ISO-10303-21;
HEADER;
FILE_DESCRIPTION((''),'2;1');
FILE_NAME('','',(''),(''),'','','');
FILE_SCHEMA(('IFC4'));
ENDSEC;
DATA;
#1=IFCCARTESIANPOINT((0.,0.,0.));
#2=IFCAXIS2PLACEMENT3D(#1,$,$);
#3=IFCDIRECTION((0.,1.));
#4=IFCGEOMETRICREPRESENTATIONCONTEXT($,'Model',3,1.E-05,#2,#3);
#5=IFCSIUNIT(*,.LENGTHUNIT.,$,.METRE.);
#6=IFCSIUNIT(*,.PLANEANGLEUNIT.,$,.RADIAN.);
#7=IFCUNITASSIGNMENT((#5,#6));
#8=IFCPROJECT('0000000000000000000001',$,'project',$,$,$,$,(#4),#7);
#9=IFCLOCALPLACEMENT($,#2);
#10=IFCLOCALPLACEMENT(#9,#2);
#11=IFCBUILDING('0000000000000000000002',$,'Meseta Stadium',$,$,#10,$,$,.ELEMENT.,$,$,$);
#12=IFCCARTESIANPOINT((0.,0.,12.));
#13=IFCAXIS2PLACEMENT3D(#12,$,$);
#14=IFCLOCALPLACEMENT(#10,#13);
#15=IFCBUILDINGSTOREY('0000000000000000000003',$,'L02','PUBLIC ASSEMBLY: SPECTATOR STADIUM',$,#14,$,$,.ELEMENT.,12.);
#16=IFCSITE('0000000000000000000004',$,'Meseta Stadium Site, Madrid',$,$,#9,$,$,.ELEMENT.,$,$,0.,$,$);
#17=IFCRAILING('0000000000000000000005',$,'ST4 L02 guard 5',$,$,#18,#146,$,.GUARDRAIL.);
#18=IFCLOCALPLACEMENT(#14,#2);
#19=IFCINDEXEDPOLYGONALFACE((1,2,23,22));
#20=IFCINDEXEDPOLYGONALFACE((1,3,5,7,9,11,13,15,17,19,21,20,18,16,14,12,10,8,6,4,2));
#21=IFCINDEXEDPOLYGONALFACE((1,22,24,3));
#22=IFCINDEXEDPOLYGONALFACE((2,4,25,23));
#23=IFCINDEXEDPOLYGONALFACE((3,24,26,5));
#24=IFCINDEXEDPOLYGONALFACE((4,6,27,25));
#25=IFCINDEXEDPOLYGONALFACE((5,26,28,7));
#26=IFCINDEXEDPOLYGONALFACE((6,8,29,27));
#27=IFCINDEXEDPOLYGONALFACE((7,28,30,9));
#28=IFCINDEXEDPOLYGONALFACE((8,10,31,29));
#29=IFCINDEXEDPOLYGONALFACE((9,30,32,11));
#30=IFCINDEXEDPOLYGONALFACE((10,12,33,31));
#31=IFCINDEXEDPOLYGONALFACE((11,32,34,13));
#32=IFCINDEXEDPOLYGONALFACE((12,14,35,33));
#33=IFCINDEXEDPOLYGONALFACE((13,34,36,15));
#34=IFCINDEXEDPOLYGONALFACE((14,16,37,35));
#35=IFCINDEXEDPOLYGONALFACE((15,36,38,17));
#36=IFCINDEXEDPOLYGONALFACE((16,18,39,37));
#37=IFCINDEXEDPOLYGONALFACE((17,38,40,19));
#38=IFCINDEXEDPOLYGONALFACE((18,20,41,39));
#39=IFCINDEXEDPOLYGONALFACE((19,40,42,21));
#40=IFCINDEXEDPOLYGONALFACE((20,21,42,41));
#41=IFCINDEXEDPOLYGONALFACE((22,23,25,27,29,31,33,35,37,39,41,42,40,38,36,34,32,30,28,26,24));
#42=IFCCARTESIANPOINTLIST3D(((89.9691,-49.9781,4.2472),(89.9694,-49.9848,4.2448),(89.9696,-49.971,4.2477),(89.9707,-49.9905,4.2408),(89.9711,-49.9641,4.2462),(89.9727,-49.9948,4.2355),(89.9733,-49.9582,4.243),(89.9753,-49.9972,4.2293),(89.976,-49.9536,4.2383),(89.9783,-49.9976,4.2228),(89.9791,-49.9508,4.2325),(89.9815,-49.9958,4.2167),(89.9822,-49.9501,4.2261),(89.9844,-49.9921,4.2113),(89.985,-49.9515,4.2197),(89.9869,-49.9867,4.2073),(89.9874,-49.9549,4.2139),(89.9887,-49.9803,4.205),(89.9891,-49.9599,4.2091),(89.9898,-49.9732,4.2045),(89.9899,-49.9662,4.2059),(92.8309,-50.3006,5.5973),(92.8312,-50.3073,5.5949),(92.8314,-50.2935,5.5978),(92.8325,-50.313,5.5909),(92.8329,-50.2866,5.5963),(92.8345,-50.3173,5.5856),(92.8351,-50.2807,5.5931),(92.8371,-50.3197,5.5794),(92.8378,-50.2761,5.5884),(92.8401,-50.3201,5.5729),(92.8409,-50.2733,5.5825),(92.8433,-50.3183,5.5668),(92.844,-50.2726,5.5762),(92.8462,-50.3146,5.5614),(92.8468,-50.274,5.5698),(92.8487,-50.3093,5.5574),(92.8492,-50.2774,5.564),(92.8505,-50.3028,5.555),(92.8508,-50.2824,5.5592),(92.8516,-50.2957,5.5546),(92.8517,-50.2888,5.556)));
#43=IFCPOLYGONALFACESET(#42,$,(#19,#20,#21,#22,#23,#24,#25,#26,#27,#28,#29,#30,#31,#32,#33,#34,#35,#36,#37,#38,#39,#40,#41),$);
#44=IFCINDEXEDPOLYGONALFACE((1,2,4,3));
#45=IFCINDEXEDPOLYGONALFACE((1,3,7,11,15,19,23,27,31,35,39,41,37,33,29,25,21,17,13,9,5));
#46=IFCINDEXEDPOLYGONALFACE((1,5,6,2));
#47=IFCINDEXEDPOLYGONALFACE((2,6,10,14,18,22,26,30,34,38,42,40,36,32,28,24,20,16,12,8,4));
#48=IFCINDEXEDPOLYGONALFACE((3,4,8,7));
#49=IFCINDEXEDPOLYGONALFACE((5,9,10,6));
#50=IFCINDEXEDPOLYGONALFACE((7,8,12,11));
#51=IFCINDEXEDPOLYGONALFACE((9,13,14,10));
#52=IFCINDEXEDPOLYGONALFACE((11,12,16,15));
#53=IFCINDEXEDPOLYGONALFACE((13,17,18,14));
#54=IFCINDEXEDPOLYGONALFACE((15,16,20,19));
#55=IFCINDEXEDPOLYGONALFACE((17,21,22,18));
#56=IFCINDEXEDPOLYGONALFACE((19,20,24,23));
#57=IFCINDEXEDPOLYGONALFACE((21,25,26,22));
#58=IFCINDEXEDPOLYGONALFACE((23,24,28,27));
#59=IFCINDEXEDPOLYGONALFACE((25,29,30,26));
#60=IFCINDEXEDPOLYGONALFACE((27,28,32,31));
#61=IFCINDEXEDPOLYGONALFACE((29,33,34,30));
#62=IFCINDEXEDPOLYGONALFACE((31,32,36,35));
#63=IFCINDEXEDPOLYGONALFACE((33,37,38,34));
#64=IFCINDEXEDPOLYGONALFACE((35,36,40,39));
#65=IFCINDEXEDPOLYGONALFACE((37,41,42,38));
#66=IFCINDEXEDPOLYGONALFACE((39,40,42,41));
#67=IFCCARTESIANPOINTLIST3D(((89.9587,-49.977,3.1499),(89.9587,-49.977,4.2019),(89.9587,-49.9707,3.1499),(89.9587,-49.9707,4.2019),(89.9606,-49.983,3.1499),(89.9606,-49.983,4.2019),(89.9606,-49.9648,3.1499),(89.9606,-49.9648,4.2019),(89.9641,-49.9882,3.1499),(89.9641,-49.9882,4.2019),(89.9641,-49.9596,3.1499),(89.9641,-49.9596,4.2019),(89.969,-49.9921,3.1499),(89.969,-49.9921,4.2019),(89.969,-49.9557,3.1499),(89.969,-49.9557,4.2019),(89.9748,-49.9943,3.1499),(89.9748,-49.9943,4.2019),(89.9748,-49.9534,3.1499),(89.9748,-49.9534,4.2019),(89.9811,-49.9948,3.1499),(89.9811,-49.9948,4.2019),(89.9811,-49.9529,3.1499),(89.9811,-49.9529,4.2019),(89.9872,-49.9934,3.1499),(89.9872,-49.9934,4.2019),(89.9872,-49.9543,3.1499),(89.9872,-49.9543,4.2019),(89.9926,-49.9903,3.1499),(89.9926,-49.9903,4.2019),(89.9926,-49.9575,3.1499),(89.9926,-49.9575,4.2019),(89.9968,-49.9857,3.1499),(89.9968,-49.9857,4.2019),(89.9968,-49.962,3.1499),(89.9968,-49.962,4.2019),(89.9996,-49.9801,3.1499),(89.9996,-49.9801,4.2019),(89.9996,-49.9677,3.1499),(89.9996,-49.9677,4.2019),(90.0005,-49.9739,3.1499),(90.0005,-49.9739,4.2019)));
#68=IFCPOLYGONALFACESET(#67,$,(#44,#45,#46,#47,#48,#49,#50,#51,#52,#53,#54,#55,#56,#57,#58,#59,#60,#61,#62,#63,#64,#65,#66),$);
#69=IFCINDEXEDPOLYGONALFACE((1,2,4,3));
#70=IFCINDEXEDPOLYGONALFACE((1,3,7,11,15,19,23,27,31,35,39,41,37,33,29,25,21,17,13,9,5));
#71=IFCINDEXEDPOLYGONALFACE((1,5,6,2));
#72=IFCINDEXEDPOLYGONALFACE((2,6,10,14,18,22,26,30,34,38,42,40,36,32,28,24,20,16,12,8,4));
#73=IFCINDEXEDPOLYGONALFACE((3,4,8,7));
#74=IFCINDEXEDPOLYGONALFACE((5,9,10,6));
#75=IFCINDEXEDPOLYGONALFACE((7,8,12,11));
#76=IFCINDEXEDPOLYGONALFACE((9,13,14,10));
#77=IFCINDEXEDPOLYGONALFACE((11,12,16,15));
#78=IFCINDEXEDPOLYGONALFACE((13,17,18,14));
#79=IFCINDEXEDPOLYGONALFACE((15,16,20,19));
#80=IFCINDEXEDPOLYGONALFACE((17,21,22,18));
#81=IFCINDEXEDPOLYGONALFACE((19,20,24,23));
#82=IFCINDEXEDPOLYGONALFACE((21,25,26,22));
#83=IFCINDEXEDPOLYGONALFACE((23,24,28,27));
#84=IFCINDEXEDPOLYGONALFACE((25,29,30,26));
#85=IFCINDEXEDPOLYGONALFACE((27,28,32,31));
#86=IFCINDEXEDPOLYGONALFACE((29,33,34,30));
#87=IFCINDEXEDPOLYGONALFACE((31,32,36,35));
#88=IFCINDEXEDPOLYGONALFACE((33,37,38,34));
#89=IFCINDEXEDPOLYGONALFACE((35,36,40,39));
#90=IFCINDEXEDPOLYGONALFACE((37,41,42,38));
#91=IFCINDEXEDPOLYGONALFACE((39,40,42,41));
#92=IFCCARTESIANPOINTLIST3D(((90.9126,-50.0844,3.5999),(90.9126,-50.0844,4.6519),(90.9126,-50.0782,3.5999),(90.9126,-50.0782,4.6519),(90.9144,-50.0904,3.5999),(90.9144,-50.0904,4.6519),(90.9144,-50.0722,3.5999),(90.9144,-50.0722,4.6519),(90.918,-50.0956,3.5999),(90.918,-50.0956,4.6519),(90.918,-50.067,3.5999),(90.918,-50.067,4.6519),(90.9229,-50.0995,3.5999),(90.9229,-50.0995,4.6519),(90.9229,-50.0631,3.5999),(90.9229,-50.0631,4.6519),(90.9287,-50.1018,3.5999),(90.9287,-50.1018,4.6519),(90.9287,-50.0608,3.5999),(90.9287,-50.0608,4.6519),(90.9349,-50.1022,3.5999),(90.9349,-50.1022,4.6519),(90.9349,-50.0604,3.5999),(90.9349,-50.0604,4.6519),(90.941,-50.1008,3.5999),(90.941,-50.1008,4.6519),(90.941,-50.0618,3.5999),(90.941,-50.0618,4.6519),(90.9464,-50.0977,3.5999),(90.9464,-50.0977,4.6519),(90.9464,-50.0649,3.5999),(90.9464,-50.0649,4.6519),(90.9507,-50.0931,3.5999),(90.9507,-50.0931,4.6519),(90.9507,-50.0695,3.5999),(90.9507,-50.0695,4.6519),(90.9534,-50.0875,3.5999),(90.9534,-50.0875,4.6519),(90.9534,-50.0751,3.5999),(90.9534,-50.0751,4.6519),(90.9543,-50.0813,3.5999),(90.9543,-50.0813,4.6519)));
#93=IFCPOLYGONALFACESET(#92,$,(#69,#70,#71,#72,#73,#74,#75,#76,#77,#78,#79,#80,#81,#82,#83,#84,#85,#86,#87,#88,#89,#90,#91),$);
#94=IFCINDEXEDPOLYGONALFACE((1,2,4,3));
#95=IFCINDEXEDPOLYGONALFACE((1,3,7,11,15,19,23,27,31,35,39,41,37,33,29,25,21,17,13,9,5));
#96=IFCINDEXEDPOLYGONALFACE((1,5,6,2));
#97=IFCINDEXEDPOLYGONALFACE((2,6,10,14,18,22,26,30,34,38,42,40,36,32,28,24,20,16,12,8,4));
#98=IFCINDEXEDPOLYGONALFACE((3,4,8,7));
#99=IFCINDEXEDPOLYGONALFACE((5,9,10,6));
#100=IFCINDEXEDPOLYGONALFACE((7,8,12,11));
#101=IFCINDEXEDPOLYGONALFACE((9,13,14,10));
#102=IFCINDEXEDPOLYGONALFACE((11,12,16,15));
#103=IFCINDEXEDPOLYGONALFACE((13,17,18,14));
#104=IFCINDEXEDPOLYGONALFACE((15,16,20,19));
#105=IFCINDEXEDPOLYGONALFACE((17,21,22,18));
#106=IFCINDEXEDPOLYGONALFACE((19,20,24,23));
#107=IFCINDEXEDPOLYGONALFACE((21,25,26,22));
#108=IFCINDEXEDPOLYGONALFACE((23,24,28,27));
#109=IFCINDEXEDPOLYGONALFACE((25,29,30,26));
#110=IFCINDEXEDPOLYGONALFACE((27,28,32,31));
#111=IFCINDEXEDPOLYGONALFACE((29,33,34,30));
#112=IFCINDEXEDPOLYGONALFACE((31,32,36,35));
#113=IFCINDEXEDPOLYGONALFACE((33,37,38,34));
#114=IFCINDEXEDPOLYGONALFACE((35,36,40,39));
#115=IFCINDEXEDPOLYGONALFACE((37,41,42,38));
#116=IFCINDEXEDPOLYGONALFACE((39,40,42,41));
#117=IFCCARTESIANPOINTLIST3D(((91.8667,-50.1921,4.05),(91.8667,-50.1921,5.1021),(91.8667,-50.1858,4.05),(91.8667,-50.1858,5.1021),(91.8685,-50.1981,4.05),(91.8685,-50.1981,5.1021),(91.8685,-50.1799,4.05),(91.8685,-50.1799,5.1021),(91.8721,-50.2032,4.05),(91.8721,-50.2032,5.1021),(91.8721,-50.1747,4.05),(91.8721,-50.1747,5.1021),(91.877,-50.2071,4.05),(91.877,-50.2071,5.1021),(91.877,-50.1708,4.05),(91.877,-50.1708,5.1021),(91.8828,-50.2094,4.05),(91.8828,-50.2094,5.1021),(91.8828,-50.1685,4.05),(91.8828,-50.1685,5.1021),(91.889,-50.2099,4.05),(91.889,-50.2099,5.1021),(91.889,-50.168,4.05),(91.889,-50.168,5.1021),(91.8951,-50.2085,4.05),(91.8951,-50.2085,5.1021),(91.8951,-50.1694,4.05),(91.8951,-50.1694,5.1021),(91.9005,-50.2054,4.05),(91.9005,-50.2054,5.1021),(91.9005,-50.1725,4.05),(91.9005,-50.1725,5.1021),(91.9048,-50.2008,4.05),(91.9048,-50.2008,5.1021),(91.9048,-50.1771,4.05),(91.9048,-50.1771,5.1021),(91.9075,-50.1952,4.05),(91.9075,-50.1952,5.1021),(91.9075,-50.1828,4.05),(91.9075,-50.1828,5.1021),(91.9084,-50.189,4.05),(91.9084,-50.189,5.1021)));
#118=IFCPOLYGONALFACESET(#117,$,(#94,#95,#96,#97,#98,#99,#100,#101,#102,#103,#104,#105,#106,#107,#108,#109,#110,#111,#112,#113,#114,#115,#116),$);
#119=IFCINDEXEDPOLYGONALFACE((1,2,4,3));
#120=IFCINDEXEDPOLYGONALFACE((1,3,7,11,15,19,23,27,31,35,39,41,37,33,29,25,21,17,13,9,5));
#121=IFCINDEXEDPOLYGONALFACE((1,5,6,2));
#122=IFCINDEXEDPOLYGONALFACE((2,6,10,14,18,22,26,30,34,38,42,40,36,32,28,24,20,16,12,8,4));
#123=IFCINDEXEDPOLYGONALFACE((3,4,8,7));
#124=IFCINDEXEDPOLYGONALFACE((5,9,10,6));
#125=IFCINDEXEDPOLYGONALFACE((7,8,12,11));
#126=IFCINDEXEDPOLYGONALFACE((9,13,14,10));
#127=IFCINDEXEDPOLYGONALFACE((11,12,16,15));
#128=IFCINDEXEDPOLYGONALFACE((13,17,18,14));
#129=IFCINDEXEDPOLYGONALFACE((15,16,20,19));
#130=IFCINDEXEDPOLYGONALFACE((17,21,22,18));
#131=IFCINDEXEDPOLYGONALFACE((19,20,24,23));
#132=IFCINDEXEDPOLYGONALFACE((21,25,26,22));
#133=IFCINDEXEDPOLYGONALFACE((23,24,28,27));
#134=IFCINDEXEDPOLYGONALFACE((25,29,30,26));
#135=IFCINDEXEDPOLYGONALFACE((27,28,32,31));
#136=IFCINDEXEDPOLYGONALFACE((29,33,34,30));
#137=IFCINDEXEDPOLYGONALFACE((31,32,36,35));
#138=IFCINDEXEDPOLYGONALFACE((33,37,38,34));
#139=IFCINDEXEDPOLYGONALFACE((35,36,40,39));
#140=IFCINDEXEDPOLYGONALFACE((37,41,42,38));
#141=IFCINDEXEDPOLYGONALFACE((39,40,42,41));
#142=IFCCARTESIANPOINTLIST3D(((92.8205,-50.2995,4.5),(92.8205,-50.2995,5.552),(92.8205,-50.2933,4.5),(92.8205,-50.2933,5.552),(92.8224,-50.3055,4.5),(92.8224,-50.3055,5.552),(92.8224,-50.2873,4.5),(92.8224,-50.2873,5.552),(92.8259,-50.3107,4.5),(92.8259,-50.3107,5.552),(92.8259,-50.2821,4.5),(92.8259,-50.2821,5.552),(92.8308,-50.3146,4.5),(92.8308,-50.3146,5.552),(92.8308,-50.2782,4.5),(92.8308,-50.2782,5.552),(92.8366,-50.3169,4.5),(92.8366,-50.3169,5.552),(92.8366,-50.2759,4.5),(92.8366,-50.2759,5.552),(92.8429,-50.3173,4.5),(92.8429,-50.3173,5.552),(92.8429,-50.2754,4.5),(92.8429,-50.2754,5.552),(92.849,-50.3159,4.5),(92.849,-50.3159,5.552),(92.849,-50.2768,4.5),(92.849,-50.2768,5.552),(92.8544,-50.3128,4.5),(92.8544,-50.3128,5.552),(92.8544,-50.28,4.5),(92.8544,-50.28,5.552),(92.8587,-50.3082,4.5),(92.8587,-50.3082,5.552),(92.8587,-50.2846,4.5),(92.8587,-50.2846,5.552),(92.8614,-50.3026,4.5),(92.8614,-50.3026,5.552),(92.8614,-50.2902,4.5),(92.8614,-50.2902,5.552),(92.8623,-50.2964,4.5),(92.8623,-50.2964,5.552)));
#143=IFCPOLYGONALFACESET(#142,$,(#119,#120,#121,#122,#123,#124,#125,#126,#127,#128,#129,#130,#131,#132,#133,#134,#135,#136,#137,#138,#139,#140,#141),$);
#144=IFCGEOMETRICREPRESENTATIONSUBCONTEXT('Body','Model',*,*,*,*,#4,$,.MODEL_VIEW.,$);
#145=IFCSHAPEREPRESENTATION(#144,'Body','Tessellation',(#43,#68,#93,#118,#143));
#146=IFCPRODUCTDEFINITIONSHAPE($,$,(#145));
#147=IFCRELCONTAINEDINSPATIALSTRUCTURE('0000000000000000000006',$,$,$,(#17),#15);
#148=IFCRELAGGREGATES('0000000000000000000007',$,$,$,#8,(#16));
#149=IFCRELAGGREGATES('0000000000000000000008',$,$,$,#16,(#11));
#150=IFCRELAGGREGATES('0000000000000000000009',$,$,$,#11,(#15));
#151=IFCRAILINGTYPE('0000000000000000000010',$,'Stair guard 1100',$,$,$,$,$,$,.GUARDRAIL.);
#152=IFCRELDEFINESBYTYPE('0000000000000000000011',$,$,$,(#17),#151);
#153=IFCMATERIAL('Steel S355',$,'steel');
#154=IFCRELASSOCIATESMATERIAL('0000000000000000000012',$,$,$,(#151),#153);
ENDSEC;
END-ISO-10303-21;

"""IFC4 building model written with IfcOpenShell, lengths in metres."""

from ifc_helpers import new_model, si_unit, direction, frame, origin, origin_2d, place, context, subcontext, project, spatial, circle, extrude, material, type_object, element, save


model = new_model("IFC4")

# Units and contexts
model_context = context("Model", 3, precision=1e-05, world=origin(), true_north=direction((0.0, 1.0)))
body_context = subcontext(model_context, "Body", "Model", "MODEL_VIEW")
ifc_project = project(units=[si_unit("LENGTHUNIT", "METRE"), si_unit("PLANEANGLEUNIT", "RADIAN")], contexts=[model_context])

# Site, building, storey
site_placement = place(None, origin())
site = spatial("IfcSite", under=ifc_project, at=site_placement, Name="Meseta Stadium Site, Madrid", CompositionType="ELEMENT", RefElevation=0.0)
building_placement = place(site_placement, origin())
building = spatial("IfcBuilding", under=site, at=building_placement, Name="Meseta Stadium", CompositionType="ELEMENT")
storey_placement = place(building_placement, frame((0.0, 0.0, 12.0)))
storey = spatial("IfcBuildingStorey", under=building, at=storey_placement, Name="L02", Description="PUBLIC ASSEMBLY: SPECTATOR STADIUM", CompositionType="ELEMENT", Elevation=12.0)

# Railing
ifc_material_1 = material(Name="Steel S355", Category="steel")
railing_type_1 = type_object("IfcRailingType", Name="Stair guard 1100", PredefinedType="GUARDRAIL", material=ifc_material_1)
railing_1_placement = place(storey_placement, frame((89.9795, -49.9739, 3.1499)))
element("IfcRailing", 1, at=railing_1_placement, inside=storey, type_object=railing_type_1, Name="ST4 L02 guard 5", PredefinedType="GUARDRAIL", context=body_context, shape_type="SweptSolid", body=[
    extrude(circle(Radius=0.0239, at=origin_2d()), frame((0.0, 0.0, 1.0762), z_axis=(0.899748, -0.101396, 0.424467), x_axis=(0.111985, 0.99371, 0.0)), (0.0, 0.0, 1.0), 3.1807),
    extrude(circle(Radius=0.021, at=origin_2d()), origin(), (0.0, 0.0, 1.0), 1.052),
    extrude(circle(Radius=0.021, at=origin_2d()), frame((0.9539, -0.1074, 0.45)), (0.0, 0.0, 1.0), 1.052),
    extrude(circle(Radius=0.021, at=origin_2d()), frame((1.908, -0.2151, 0.9001)), (0.0, 0.0, 1.0), 1.052),
    extrude(circle(Radius=0.021, at=origin_2d()), frame((2.8618, -0.3225, 1.3501)), (0.0, 0.0, 1.0), 1.052),
])

save(model, "model.ifc")
